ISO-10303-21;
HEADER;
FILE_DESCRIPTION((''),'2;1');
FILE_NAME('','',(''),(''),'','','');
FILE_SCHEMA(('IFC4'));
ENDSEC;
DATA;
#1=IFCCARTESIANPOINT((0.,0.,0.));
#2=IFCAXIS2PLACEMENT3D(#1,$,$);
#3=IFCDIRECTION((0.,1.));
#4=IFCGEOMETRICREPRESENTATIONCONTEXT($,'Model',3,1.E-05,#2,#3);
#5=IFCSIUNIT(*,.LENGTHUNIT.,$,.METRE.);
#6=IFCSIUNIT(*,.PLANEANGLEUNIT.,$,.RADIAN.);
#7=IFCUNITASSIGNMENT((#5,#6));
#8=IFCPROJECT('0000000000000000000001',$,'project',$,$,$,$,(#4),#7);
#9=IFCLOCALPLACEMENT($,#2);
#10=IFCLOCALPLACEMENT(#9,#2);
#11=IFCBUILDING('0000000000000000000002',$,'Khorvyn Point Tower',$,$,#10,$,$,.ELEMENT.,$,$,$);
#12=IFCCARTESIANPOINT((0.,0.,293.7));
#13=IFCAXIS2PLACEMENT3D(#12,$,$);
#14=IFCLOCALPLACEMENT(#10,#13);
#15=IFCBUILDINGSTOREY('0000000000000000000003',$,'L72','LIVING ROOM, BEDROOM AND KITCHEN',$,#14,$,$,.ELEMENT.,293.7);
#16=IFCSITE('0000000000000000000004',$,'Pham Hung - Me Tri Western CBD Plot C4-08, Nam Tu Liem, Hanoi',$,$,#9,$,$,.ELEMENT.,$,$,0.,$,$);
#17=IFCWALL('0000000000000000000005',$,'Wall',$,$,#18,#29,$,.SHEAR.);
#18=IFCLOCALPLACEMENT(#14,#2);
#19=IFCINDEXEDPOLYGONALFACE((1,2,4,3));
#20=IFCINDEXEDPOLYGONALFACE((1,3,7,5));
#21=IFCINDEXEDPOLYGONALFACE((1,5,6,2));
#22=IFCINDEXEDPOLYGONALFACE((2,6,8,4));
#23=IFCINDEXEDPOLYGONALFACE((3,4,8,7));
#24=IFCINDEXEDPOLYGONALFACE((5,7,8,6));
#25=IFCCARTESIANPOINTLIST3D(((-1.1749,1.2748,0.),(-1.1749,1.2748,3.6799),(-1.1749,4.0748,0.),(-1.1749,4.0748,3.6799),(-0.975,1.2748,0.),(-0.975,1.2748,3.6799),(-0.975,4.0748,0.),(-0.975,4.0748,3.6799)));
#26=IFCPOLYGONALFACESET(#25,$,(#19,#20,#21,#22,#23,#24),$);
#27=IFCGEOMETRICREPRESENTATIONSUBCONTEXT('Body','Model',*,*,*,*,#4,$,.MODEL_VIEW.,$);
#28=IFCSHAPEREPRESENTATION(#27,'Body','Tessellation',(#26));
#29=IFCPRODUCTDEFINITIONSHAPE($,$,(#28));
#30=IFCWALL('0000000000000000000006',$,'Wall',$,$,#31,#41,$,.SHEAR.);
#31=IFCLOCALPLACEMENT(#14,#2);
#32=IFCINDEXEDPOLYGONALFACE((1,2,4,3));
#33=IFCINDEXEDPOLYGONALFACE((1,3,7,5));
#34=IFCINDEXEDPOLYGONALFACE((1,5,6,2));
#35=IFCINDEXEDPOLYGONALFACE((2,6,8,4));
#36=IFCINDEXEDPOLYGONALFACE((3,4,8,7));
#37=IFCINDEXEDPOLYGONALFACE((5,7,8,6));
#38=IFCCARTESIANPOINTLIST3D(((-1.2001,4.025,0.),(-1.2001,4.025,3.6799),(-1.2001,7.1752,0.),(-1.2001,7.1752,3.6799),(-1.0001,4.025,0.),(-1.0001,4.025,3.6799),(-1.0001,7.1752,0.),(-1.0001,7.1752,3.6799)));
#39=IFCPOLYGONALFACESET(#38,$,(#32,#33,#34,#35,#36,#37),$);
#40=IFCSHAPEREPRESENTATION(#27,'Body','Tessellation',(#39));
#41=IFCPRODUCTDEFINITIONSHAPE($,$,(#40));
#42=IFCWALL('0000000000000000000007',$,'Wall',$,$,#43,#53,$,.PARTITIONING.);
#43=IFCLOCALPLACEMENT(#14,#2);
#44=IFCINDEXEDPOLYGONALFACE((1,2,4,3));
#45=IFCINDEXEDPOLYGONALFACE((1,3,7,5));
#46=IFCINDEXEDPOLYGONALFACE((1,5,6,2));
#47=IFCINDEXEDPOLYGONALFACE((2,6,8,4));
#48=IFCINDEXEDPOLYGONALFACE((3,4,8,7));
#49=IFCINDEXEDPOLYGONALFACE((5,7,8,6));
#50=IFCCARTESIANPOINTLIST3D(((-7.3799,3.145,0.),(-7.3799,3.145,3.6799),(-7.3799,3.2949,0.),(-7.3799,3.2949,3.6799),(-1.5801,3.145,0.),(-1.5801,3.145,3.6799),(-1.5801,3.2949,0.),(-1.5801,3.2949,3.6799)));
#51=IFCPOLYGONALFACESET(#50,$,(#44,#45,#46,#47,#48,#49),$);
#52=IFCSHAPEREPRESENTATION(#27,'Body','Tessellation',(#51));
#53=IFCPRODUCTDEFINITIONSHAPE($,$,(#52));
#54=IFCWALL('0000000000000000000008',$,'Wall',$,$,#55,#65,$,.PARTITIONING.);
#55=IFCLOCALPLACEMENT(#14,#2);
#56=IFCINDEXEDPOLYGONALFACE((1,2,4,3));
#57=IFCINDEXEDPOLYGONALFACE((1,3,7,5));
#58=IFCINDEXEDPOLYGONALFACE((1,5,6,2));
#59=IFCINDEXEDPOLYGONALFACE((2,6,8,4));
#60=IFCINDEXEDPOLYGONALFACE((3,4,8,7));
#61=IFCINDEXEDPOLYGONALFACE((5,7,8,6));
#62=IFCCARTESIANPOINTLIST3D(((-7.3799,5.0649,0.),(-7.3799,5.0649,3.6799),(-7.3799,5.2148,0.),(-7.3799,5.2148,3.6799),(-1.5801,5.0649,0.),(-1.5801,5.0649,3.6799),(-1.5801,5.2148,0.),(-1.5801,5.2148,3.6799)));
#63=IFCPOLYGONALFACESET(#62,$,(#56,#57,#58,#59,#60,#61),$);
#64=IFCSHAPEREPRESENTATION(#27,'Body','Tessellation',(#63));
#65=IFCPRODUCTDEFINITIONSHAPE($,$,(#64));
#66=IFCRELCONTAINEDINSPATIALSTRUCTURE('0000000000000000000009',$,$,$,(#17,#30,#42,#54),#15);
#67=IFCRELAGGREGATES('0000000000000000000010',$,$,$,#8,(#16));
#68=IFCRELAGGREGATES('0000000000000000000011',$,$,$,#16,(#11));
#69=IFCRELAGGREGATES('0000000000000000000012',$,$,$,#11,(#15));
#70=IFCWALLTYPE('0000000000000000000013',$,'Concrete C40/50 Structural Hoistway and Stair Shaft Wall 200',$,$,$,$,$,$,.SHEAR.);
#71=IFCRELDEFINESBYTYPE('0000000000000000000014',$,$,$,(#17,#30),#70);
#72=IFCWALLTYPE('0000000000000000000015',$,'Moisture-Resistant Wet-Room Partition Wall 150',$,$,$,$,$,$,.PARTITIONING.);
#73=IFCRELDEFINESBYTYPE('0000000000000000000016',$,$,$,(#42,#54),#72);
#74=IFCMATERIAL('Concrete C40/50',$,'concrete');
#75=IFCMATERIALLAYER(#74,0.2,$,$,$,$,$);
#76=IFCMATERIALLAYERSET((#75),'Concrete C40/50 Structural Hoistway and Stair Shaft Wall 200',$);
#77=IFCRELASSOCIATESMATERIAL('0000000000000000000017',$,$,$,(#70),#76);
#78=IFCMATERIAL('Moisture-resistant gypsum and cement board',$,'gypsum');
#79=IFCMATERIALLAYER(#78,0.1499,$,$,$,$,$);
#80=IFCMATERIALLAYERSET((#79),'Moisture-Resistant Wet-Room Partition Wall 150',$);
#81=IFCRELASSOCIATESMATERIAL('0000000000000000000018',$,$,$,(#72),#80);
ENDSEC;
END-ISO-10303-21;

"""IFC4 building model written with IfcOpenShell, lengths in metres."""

from ifc_helpers import new_model, si_unit, direction, frame, frame_2d, origin, place, context, subcontext, project, spatial, rectangle, extrude, material, layer, layer_set, type_object, element, save


model = new_model("IFC4")

# Units and contexts
model_context = context("Model", 3, precision=1e-05, world=origin(), true_north=direction((0.0, 1.0)))
body_context = subcontext(model_context, "Body", "Model", "MODEL_VIEW")
ifc_project = project(units=[si_unit("LENGTHUNIT", "METRE"), si_unit("PLANEANGLEUNIT", "RADIAN")], contexts=[model_context])

# Site, building, storey
site_placement = place(None, origin())
site = spatial("IfcSite", under=ifc_project, at=site_placement, Name="Pham Hung - Me Tri Western CBD Plot C4-08, Nam Tu Liem, Hanoi", CompositionType="ELEMENT", RefElevation=0.0)
building_placement = place(site_placement, origin())
building = spatial("IfcBuilding", under=site, at=building_placement, Name="Khorvyn Point Tower", CompositionType="ELEMENT")
storey_placement = place(building_placement, frame((0.0, 0.0, 293.7)))
storey = spatial("IfcBuildingStorey", under=building, at=storey_placement, Name="L72", Description="LIVING ROOM, BEDROOM AND KITCHEN", CompositionType="ELEMENT", Elevation=293.7)

# Shared definitions
ifc_material_1 = material(Name="Concrete C40/50", Category="concrete")

# Walls
ifc_layer_1 = layer(ifc_material_1, 0.2)
ifc_layer_set_1 = layer_set([ifc_layer_1], Name="Concrete C40/50 Structural Hoistway and Stair Shaft Wall 200")
wall_type_1 = type_object("IfcWallType", Name="Concrete C40/50 Structural Hoistway and Stair Shaft Wall 200", PredefinedType="SHEAR", material=ifc_layer_set_1)
wall_1_placement = place(storey_placement, frame((-1.075, 1.2749, 0.0), z_axis=(0.0, 0.0, 1.0), x_axis=(0.0, 1.0, 0.0)))
element("IfcWall", 1, at=wall_1_placement, inside=storey, type_object=wall_type_1, Name="Wall", PredefinedType="SHEAR", context=body_context, shape_type="SweptSolid", body=[
    extrude(rectangle(XDim=2.8, YDim=0.2, at=frame_2d((1.3999, 0.0))), origin(), (0.0, 0.0, 1.0), 3.6799),
])
wall_2_placement = place(storey_placement, frame((-1.1001, 4.0249, 0.0), z_axis=(0.0, 0.0, 1.0), x_axis=(0.0, 1.0, 0.0)))
element("IfcWall", 2, at=wall_2_placement, inside=storey, type_object=wall_type_1, Name="Wall", PredefinedType="SHEAR", context=body_context, shape_type="SweptSolid", body=[
    extrude(rectangle(XDim=3.1501, YDim=0.2, at=frame_2d((1.5752, 0.0))), origin(), (0.0, 0.0, 1.0), 3.6799),
])
ifc_material_2 = material(Name="Moisture-resistant gypsum and cement board", Category="gypsum")
ifc_layer_2 = layer(ifc_material_2, 0.1499)
ifc_layer_set_2 = layer_set([ifc_layer_2], Name="Moisture-Resistant Wet-Room Partition Wall 150")
wall_type_2 = type_object("IfcWallType", Name="Moisture-Resistant Wet-Room Partition Wall 150", PredefinedType="PARTITIONING", material=ifc_layer_set_2)
for number, where, z_axis, x_axis, name in (
    (3, (-7.3799, 3.22, 0.0), (0.0, 0.0, 1.0), (1.0, 0.0, 0.0), "Wall"),
    (4, (-7.3799, 5.1399, 0.0), (0.0, 0.0, 1.0), (1.0, 0.0, 0.0), "Wall"),
):
    element("IfcWall", number, at=place(storey_placement, frame(where, z_axis=z_axis, x_axis=x_axis)), inside=storey, type_object=wall_type_2, Name=name, PredefinedType="PARTITIONING", context=body_context, shape_type="SweptSolid", body=[
        extrude(rectangle(XDim=5.7998, YDim=0.1499, at=frame_2d((2.8999, 0.0))), origin(), (0.0, 0.0, 1.0), 3.6799),
    ])

save(model, "model.ifc")
